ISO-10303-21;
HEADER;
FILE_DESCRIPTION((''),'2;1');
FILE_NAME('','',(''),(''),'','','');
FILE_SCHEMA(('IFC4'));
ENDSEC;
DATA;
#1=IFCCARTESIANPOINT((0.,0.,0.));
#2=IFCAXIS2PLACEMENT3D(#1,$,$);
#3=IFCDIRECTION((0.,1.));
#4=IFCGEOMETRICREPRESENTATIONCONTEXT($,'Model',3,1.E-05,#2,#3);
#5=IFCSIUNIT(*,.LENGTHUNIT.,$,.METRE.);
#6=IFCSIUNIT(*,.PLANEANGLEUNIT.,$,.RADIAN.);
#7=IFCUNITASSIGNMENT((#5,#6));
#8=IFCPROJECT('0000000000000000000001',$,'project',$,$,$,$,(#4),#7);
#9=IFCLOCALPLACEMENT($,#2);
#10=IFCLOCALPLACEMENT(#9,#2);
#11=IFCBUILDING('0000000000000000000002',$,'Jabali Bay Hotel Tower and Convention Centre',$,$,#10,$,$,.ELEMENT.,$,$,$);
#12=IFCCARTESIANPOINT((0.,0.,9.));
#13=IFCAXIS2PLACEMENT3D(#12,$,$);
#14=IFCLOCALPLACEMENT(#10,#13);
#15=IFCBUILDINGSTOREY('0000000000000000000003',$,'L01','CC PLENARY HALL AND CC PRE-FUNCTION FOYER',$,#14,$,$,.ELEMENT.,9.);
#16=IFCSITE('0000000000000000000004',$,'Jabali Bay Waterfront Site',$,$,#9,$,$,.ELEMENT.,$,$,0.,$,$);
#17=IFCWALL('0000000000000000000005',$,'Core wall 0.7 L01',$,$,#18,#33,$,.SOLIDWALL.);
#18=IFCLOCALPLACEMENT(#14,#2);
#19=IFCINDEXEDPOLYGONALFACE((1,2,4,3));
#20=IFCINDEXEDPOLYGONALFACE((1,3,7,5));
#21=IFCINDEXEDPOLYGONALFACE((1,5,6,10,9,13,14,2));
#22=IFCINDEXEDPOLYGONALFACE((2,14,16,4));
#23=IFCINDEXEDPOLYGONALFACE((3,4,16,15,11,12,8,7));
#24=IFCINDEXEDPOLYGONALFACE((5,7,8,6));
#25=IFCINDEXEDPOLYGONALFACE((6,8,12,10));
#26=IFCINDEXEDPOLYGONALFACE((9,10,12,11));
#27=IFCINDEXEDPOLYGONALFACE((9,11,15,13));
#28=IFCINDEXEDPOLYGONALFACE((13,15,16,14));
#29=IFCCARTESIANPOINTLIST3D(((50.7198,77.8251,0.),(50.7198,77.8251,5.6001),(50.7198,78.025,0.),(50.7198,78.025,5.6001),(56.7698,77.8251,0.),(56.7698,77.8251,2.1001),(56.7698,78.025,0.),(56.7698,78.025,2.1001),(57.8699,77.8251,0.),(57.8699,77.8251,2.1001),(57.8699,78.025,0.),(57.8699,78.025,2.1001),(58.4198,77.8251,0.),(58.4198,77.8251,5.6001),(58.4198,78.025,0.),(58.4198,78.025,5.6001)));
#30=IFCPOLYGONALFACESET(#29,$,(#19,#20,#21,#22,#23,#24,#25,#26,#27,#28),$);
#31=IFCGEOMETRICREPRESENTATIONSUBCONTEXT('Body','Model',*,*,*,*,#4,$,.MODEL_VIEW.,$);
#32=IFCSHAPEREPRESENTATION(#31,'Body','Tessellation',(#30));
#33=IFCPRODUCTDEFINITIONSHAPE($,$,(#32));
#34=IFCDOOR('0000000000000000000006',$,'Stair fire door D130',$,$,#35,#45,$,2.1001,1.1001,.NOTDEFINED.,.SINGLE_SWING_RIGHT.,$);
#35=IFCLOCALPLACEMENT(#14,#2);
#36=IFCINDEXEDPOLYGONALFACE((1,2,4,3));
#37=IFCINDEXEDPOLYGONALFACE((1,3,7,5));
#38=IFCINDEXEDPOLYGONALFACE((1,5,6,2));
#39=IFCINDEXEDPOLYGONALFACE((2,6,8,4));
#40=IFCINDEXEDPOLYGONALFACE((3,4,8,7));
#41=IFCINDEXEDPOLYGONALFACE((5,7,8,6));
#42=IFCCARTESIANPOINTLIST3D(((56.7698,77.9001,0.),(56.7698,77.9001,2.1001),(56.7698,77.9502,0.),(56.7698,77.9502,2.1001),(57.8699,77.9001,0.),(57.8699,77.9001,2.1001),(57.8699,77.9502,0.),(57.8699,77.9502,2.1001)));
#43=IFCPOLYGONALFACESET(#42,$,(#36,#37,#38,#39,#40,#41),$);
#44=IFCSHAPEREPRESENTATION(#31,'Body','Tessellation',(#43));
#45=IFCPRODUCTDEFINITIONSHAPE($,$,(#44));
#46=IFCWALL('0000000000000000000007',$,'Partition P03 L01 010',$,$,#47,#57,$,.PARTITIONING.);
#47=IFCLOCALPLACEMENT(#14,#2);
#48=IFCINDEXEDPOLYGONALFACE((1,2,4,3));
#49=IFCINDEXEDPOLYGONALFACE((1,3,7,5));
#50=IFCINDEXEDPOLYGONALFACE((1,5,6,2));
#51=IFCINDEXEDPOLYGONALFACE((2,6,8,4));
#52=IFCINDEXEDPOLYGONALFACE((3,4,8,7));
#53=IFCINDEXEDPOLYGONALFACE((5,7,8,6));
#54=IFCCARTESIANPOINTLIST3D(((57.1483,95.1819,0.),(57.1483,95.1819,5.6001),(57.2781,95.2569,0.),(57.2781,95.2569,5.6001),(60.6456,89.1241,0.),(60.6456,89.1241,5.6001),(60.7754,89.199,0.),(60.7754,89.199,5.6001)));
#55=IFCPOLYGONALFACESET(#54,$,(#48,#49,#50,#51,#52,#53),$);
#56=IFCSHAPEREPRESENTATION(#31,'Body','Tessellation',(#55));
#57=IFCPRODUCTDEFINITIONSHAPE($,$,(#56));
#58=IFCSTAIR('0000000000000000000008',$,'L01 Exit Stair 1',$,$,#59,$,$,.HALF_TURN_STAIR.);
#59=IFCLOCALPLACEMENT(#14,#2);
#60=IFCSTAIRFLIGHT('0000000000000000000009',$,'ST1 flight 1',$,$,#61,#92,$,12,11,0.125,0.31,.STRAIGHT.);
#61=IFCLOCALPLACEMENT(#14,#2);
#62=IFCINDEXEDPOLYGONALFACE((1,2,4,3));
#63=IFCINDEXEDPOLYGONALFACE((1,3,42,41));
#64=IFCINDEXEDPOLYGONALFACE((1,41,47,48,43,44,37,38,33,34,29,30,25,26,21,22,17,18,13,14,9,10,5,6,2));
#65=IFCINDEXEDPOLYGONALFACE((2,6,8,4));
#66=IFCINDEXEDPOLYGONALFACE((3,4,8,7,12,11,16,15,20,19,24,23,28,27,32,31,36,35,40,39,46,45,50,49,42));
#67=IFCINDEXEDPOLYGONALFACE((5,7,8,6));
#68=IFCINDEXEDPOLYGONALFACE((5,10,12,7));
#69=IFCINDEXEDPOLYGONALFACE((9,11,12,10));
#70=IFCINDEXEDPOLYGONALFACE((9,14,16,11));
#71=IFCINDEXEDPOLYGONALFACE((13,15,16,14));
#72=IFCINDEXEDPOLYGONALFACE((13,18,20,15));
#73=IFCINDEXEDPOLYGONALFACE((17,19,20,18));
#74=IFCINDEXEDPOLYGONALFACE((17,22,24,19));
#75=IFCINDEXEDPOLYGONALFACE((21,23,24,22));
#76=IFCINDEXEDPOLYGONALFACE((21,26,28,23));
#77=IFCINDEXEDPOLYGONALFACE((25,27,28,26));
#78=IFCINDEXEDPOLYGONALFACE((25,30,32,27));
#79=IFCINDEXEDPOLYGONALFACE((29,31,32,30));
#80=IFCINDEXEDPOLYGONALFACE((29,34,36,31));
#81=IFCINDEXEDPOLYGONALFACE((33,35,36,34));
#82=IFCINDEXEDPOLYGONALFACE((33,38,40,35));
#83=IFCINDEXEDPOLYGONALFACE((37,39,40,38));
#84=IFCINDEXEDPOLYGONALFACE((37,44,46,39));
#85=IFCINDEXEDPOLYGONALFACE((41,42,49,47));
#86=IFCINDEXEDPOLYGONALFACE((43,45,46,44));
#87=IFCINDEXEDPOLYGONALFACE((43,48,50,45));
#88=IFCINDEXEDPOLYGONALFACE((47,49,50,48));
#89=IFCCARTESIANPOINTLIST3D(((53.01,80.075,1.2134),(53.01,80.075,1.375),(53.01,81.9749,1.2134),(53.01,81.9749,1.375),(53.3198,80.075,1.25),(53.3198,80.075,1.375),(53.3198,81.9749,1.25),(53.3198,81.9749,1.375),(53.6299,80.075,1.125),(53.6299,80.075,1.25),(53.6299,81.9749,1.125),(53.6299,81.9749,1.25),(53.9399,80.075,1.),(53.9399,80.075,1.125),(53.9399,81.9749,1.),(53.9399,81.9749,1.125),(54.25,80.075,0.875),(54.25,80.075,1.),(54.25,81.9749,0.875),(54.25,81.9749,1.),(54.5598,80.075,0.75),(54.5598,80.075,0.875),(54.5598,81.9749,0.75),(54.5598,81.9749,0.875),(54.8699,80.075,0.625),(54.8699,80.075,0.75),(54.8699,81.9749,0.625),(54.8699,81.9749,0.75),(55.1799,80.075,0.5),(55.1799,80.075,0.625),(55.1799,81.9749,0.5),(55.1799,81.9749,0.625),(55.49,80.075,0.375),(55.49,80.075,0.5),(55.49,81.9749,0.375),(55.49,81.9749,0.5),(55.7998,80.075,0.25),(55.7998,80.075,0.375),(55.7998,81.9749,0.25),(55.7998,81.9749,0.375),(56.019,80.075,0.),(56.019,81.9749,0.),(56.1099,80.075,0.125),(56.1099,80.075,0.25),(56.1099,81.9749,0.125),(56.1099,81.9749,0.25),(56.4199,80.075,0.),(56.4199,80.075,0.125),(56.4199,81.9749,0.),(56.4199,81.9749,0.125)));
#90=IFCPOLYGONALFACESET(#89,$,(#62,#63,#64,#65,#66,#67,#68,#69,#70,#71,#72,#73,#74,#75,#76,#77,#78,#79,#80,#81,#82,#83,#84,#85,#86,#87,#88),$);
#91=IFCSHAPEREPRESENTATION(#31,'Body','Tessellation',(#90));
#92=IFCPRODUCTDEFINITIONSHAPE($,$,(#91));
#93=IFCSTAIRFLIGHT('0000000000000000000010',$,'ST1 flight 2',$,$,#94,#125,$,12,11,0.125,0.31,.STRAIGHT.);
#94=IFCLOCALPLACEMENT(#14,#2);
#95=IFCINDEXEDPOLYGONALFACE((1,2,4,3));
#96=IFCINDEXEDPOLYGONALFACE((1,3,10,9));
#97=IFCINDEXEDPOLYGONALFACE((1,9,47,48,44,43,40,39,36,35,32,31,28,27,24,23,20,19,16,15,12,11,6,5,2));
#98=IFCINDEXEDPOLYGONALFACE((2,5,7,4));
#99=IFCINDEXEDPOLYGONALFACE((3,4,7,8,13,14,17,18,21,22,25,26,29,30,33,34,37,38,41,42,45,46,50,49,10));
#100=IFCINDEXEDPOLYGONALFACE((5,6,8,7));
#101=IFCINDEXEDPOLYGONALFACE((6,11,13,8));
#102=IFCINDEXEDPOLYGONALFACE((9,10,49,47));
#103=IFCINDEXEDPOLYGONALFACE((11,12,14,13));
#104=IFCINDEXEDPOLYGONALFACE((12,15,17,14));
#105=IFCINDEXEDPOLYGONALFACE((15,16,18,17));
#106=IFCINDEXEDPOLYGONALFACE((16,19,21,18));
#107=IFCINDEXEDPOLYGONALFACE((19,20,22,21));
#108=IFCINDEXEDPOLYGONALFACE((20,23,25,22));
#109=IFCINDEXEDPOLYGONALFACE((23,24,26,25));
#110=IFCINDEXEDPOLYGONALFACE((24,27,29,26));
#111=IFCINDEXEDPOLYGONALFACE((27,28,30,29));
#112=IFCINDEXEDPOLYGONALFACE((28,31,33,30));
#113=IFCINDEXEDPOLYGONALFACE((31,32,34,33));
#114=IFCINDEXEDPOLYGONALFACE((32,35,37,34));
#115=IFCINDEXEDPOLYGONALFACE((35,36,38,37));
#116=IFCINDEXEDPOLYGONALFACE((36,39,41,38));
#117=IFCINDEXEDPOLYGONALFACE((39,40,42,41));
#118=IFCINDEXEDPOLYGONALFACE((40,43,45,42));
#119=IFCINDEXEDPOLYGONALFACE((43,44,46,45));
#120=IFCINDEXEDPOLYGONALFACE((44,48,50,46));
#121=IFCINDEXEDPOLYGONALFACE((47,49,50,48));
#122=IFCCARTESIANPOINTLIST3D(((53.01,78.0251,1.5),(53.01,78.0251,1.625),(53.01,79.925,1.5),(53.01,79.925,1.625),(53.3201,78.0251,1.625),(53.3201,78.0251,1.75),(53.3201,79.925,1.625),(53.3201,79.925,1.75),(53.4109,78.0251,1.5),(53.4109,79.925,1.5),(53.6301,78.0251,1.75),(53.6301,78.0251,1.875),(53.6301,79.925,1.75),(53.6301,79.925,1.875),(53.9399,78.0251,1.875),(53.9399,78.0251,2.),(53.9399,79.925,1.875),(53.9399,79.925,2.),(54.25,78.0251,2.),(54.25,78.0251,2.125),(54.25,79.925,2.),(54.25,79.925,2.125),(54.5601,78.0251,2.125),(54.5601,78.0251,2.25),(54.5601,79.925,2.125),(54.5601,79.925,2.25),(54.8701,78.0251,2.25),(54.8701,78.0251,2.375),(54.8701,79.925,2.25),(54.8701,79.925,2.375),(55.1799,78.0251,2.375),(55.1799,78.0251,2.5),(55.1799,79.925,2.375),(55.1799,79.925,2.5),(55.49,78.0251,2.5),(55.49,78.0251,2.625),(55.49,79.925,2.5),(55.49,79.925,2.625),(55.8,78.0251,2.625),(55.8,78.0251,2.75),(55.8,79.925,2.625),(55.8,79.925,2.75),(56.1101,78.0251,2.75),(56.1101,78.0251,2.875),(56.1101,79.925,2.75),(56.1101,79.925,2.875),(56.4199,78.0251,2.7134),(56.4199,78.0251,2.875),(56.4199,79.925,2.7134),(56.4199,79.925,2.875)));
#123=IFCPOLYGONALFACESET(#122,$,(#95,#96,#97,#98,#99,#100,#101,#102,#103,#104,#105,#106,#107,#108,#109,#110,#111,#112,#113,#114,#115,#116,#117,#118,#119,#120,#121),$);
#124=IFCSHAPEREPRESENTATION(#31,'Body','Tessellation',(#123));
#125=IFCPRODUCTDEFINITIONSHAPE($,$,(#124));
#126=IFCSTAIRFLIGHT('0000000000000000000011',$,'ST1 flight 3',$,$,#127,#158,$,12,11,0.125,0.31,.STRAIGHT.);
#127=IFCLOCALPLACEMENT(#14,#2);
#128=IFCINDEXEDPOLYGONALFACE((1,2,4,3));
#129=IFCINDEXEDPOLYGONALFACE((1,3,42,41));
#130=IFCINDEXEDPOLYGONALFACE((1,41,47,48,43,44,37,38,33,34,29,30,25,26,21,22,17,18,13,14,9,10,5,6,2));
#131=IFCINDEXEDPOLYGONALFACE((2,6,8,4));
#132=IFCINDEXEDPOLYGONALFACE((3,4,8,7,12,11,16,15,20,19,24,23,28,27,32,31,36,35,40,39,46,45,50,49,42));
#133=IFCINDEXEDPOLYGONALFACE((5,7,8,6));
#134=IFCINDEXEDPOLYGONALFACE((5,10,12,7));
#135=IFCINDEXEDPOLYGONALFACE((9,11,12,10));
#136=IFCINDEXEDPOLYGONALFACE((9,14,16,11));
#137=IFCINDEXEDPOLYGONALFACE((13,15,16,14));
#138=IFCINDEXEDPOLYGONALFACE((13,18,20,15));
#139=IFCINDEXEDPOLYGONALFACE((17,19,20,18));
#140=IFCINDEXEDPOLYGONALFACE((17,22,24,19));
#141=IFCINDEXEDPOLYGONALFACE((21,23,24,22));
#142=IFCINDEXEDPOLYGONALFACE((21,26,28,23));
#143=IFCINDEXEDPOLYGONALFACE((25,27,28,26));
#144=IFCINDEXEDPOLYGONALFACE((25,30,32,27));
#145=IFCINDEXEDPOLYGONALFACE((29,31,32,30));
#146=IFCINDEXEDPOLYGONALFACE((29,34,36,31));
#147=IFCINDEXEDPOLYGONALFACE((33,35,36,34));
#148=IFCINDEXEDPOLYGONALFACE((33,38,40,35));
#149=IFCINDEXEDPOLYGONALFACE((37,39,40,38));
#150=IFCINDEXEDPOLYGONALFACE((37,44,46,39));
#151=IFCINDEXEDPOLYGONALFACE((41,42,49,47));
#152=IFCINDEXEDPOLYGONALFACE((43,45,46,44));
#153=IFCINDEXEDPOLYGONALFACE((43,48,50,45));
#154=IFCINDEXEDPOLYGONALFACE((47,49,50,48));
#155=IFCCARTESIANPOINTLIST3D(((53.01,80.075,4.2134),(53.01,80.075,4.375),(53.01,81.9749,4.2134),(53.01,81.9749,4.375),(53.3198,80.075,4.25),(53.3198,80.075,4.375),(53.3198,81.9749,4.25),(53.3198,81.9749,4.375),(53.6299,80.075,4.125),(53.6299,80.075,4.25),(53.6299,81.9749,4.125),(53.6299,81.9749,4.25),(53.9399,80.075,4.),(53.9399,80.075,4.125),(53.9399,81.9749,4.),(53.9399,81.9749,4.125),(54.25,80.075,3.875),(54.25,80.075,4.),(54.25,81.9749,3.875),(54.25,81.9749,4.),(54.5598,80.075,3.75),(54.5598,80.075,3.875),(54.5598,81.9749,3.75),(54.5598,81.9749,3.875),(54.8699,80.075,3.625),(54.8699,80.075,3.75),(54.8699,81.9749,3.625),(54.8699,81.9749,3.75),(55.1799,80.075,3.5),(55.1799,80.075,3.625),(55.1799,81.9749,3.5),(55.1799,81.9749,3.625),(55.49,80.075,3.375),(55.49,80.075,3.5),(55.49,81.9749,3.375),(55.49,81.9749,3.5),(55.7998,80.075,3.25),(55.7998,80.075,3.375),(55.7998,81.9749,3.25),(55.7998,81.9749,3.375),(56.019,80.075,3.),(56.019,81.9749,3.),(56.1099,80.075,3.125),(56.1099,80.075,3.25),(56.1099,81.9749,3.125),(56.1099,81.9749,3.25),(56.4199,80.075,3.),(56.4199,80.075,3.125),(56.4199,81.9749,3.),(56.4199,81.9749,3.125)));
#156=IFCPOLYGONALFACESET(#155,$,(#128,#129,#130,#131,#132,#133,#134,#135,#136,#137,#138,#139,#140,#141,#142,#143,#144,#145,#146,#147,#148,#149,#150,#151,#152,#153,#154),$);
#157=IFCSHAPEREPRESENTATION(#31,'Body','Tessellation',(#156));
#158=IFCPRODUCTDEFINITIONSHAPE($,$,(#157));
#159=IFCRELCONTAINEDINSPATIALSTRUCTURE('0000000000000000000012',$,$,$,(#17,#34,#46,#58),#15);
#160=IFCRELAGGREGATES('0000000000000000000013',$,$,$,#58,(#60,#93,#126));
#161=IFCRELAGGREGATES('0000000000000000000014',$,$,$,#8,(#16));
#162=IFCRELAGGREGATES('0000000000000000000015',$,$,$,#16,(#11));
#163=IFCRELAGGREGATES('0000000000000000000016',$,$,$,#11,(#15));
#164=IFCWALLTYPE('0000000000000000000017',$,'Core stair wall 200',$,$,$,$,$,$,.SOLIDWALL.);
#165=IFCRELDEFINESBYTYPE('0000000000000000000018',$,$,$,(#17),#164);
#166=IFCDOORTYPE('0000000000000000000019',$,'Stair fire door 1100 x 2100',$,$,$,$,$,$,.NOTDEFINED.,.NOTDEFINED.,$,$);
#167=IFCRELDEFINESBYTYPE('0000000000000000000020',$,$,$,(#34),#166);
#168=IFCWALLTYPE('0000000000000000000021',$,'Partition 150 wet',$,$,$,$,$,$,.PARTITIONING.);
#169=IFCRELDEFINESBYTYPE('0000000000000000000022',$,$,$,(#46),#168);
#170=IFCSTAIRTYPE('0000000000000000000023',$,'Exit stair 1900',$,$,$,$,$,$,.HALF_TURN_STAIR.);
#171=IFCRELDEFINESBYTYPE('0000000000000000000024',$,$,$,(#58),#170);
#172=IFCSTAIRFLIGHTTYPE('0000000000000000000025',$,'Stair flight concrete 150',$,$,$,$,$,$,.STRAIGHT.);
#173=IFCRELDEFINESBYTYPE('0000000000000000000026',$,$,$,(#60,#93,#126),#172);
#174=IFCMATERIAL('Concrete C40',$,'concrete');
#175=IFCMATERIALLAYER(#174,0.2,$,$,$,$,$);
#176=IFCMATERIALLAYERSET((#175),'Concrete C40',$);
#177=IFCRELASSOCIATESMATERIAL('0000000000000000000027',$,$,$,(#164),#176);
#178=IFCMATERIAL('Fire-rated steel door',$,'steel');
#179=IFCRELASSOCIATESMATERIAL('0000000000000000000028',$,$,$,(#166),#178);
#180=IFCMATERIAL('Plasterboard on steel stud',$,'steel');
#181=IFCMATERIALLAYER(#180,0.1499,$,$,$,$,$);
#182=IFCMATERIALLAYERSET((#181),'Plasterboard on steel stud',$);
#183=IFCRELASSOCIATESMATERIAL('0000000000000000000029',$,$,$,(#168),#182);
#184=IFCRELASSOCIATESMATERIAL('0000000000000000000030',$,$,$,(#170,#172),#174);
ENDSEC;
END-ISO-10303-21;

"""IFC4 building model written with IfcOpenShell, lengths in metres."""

from ifc_helpers import new_model, si_unit, direction, frame, frame_2d, origin, place, context, subcontext, project, spatial, polyline, rectangle, outline, extrude, material, layer, layer_set, type_object, element, fill, aggregate, save


model = new_model("IFC4")

# Units and contexts
model_context = context("Model", 3, precision=1e-05, world=origin(), true_north=direction((0.0, 1.0)))
body_context = subcontext(model_context, "Body", "Model", "MODEL_VIEW")
ifc_project = project(units=[si_unit("LENGTHUNIT", "METRE"), si_unit("PLANEANGLEUNIT", "RADIAN")], contexts=[model_context])

# Site, building, storey
site_placement = place(None, origin())
site = spatial("IfcSite", under=ifc_project, at=site_placement, Name="Jabali Bay Waterfront Site", CompositionType="ELEMENT", RefElevation=0.0)
building_placement = place(site_placement, origin())
building = spatial("IfcBuilding", under=site, at=building_placement, Name="Jabali Bay Hotel Tower and Convention Centre", CompositionType="ELEMENT")
storey_placement = place(building_placement, frame((0.0, 0.0, 9.0)))
storey = spatial("IfcBuildingStorey", under=building, at=storey_placement, Name="L01", Description="CC PLENARY HALL AND CC PRE-FUNCTION FOYER", CompositionType="ELEMENT", Elevation=9.0)

# Shared definitions
ifc_material_1 = material(Name="Fire-rated steel door", Category="steel")

# Wall, opening, door
ifc_material_2 = material(Name="Concrete C40", Category="concrete")
ifc_layer_1 = layer(ifc_material_2, 0.2)
ifc_layer_set_1 = layer_set([ifc_layer_1], Name="Concrete C40")
wall_type_1 = type_object("IfcWallType", Name="Core stair wall 200", PredefinedType="SOLIDWALL", material=ifc_layer_set_1)
wall_1_placement = place(storey_placement, frame((58.4199, 77.925, 0.0), z_axis=(0.0, 0.0, 1.0), x_axis=(-1.0, 0.0, 0.0)))
wall_1 = element("IfcWall", 1, at=wall_1_placement, inside=storey, type_object=wall_type_1, Name="Core wall 0.7 L01", PredefinedType="SOLIDWALL", context=body_context, shape_type="SweptSolid", body=[
    extrude(rectangle(XDim=7.7, YDim=0.2, at=frame_2d((3.8501, 0.0))), origin(), (0.0, 0.0, 1.0), 5.6001),
])
opening_1_placement = place(wall_1_placement, frame((0.55, 0.0, 0.0)))
opening_1 = element("IfcOpeningElement", 2, at=opening_1_placement, cuts=wall_1, PredefinedType="OPENING", context=body_context, shape_type="SweptSolid", body=[
    extrude(rectangle(XDim=1.1001, YDim=2.1001, at=frame_2d((0.55, 1.05))), frame((0.0, 0.1104, 0.0), z_axis=(0.0, -1.0, 0.0), x_axis=(1.0, 0.0, 0.0)), (0.0, 0.0, 1.0), 0.2209),
])
door_type_1 = type_object("IfcDoorType", Name="Stair fire door 1100 x 2100", OperationType="NOTDEFINED", PredefinedType="NOTDEFINED", material=ifc_material_1)
door_1_placement = place(opening_1_placement, origin())
door_1 = element("IfcDoor", 3, at=door_1_placement, inside=storey, type_object=door_type_1, Name="Stair fire door D130", OperationType="SINGLE_SWING_RIGHT", OverallHeight=2.1001, OverallWidth=1.1001, PredefinedType="NOTDEFINED", context=body_context, shape_type="SweptSolid", body=[
    extrude(rectangle(XDim=1.1001, YDim=2.1001, at=frame_2d((0.55, 1.05))), frame((0.0, 0.0249, 0.0), z_axis=(0.0, -1.0, 0.0), x_axis=(1.0, 0.0, 0.0)), (0.0, 0.0, 1.0), 0.05),
])
fill(opening_1, door_1)

# Wall
ifc_material_3 = material(Name="Plasterboard on steel stud", Category="steel")
ifc_layer_2 = layer(ifc_material_3, 0.1499)
ifc_layer_set_2 = layer_set([ifc_layer_2], Name="Plasterboard on steel stud")
wall_type_2 = type_object("IfcWallType", Name="Partition 150 wet", PredefinedType="PARTITIONING", material=ifc_layer_set_2)
wall_2_placement = place(storey_placement, frame((57.2131, 95.2195, 0.0), z_axis=(0.0, 0.0, 1.0), x_axis=(0.499979, -0.866037, 0.0)))
element("IfcWall", 4, at=wall_2_placement, inside=storey, type_object=wall_type_2, Name="Partition P03 L01 010", PredefinedType="PARTITIONING", context=body_context, shape_type="SweptSolid", body=[
    extrude(rectangle(XDim=6.9949, YDim=0.1499, at=frame_2d((3.4976, 0.0))), origin(), (0.0, 0.0, 1.0), 5.6001),
])

# Stair, stair flights
stair_type = type_object("IfcStairType", Name="Exit stair 1900", PredefinedType="HALF_TURN_STAIR", material=ifc_material_2)
stair_placement = place(storey_placement, origin())
stair = element("IfcStair", 5, at=stair_placement, inside=storey, type_object=stair_type, Name="L01 Exit Stair 1", PredefinedType="HALF_TURN_STAIR")
stair_flight_type = type_object("IfcStairFlightType", Name="Stair flight concrete 150", PredefinedType="STRAIGHT", material=ifc_material_2)
stair_flight_1_placement = place(storey_placement, frame((56.4199, 81.0249, 0.0), z_axis=(0.0, 0.0, 1.0), x_axis=(-1.0, 0.0, 0.0)))
stair_flight_1 = element("IfcStairFlight", 6, at=stair_flight_1_placement, type_object=stair_flight_type, Name="ST1 flight 1", NumberOfRisers=12, NumberOfTreads=11, PredefinedType="STRAIGHT", RiserHeight=0.125, TreadLength=0.31, context=body_context, shape_type="SweptSolid", body=[
    extrude(outline(polyline([(0.0, 0.0), (0.0, 0.125), (0.3101, 0.125), (0.3101, 0.25), (0.6201, 0.25), (0.6201, 0.375), (0.9299, 0.375), (0.9299, 0.5), (1.24, 0.5), (1.24, 0.625), (1.55, 0.625), (1.55, 0.75), (1.8601, 0.75), (1.8601, 0.875), (2.1699, 0.875), (2.1699, 1.0), (2.48, 1.0), (2.48, 1.125), (2.79, 1.125), (2.79, 1.25), (3.1001, 1.25), (3.1001, 1.375), (3.4099, 1.375), (3.4099, 1.5), (3.4099, 1.2134), (0.4009, 0.0), (0.0, 0.0)])), frame((0.0, 0.95, 0.0), z_axis=(0.0, -1.0, 0.0), x_axis=(1.0, 0.0, 0.0)), (0.0, 0.0, 1.0), 1.8999),
])
stair_flight_2_placement = place(storey_placement, frame((53.01, 78.9751, 1.5), z_axis=(0.0, 0.0, 1.0), x_axis=(1.0, 0.0, 0.0)))
stair_flight_2 = element("IfcStairFlight", 7, at=stair_flight_2_placement, type_object=stair_flight_type, Name="ST1 flight 2", NumberOfRisers=12, NumberOfTreads=11, PredefinedType="STRAIGHT", RiserHeight=0.125, TreadLength=0.31, context=body_context, shape_type="SweptSolid", body=[
    extrude(outline(polyline([(0.0, 0.0), (0.0, 0.125), (0.3101, 0.125), (0.3101, 0.25), (0.6201, 0.25), (0.6201, 0.375), (0.9299, 0.375), (0.9299, 0.5), (1.24, 0.5), (1.24, 0.625), (1.55, 0.625), (1.55, 0.75), (1.8601, 0.75), (1.8601, 0.875), (2.1699, 0.875), (2.1699, 1.0), (2.48, 1.0), (2.48, 1.125), (2.79, 1.125), (2.79, 1.25), (3.1001, 1.25), (3.1001, 1.375), (3.4099, 1.375), (3.4099, 1.5), (3.4099, 1.2134), (0.4009, 0.0), (0.0, 0.0)])), frame((0.0, 0.95, 0.0), z_axis=(0.0, -1.0, 0.0), x_axis=(1.0, 0.0, 0.0)), (0.0, 0.0, 1.0), 1.8999),
])
stair_flight_3_placement = place(storey_placement, frame((56.4199, 81.0249, 3.0), z_axis=(0.0, 0.0, 1.0), x_axis=(-1.0, 0.0, 0.0)))
stair_flight_3 = element("IfcStairFlight", 8, at=stair_flight_3_placement, type_object=stair_flight_type, Name="ST1 flight 3", NumberOfRisers=12, NumberOfTreads=11, PredefinedType="STRAIGHT", RiserHeight=0.125, TreadLength=0.31, context=body_context, shape_type="SweptSolid", body=[
    extrude(outline(polyline([(0.0, 0.0), (0.0, 0.125), (0.3101, 0.125), (0.3101, 0.25), (0.6201, 0.25), (0.6201, 0.375), (0.9299, 0.375), (0.9299, 0.5), (1.24, 0.5), (1.24, 0.625), (1.55, 0.625), (1.55, 0.75), (1.8601, 0.75), (1.8601, 0.875), (2.1699, 0.875), (2.1699, 1.0), (2.48, 1.0), (2.48, 1.125), (2.79, 1.125), (2.79, 1.25), (3.1001, 1.25), (3.1001, 1.375), (3.4099, 1.375), (3.4099, 1.5), (3.4099, 1.2134), (0.4009, 0.0), (0.0, 0.0)])), frame((0.0, 0.95, 0.0), z_axis=(0.0, -1.0, 0.0), x_axis=(1.0, 0.0, 0.0)), (0.0, 0.0, 1.0), 1.8999),
])
aggregate(stair, [stair_flight_1, stair_flight_2, stair_flight_3])

save(model, "model.ifc")
